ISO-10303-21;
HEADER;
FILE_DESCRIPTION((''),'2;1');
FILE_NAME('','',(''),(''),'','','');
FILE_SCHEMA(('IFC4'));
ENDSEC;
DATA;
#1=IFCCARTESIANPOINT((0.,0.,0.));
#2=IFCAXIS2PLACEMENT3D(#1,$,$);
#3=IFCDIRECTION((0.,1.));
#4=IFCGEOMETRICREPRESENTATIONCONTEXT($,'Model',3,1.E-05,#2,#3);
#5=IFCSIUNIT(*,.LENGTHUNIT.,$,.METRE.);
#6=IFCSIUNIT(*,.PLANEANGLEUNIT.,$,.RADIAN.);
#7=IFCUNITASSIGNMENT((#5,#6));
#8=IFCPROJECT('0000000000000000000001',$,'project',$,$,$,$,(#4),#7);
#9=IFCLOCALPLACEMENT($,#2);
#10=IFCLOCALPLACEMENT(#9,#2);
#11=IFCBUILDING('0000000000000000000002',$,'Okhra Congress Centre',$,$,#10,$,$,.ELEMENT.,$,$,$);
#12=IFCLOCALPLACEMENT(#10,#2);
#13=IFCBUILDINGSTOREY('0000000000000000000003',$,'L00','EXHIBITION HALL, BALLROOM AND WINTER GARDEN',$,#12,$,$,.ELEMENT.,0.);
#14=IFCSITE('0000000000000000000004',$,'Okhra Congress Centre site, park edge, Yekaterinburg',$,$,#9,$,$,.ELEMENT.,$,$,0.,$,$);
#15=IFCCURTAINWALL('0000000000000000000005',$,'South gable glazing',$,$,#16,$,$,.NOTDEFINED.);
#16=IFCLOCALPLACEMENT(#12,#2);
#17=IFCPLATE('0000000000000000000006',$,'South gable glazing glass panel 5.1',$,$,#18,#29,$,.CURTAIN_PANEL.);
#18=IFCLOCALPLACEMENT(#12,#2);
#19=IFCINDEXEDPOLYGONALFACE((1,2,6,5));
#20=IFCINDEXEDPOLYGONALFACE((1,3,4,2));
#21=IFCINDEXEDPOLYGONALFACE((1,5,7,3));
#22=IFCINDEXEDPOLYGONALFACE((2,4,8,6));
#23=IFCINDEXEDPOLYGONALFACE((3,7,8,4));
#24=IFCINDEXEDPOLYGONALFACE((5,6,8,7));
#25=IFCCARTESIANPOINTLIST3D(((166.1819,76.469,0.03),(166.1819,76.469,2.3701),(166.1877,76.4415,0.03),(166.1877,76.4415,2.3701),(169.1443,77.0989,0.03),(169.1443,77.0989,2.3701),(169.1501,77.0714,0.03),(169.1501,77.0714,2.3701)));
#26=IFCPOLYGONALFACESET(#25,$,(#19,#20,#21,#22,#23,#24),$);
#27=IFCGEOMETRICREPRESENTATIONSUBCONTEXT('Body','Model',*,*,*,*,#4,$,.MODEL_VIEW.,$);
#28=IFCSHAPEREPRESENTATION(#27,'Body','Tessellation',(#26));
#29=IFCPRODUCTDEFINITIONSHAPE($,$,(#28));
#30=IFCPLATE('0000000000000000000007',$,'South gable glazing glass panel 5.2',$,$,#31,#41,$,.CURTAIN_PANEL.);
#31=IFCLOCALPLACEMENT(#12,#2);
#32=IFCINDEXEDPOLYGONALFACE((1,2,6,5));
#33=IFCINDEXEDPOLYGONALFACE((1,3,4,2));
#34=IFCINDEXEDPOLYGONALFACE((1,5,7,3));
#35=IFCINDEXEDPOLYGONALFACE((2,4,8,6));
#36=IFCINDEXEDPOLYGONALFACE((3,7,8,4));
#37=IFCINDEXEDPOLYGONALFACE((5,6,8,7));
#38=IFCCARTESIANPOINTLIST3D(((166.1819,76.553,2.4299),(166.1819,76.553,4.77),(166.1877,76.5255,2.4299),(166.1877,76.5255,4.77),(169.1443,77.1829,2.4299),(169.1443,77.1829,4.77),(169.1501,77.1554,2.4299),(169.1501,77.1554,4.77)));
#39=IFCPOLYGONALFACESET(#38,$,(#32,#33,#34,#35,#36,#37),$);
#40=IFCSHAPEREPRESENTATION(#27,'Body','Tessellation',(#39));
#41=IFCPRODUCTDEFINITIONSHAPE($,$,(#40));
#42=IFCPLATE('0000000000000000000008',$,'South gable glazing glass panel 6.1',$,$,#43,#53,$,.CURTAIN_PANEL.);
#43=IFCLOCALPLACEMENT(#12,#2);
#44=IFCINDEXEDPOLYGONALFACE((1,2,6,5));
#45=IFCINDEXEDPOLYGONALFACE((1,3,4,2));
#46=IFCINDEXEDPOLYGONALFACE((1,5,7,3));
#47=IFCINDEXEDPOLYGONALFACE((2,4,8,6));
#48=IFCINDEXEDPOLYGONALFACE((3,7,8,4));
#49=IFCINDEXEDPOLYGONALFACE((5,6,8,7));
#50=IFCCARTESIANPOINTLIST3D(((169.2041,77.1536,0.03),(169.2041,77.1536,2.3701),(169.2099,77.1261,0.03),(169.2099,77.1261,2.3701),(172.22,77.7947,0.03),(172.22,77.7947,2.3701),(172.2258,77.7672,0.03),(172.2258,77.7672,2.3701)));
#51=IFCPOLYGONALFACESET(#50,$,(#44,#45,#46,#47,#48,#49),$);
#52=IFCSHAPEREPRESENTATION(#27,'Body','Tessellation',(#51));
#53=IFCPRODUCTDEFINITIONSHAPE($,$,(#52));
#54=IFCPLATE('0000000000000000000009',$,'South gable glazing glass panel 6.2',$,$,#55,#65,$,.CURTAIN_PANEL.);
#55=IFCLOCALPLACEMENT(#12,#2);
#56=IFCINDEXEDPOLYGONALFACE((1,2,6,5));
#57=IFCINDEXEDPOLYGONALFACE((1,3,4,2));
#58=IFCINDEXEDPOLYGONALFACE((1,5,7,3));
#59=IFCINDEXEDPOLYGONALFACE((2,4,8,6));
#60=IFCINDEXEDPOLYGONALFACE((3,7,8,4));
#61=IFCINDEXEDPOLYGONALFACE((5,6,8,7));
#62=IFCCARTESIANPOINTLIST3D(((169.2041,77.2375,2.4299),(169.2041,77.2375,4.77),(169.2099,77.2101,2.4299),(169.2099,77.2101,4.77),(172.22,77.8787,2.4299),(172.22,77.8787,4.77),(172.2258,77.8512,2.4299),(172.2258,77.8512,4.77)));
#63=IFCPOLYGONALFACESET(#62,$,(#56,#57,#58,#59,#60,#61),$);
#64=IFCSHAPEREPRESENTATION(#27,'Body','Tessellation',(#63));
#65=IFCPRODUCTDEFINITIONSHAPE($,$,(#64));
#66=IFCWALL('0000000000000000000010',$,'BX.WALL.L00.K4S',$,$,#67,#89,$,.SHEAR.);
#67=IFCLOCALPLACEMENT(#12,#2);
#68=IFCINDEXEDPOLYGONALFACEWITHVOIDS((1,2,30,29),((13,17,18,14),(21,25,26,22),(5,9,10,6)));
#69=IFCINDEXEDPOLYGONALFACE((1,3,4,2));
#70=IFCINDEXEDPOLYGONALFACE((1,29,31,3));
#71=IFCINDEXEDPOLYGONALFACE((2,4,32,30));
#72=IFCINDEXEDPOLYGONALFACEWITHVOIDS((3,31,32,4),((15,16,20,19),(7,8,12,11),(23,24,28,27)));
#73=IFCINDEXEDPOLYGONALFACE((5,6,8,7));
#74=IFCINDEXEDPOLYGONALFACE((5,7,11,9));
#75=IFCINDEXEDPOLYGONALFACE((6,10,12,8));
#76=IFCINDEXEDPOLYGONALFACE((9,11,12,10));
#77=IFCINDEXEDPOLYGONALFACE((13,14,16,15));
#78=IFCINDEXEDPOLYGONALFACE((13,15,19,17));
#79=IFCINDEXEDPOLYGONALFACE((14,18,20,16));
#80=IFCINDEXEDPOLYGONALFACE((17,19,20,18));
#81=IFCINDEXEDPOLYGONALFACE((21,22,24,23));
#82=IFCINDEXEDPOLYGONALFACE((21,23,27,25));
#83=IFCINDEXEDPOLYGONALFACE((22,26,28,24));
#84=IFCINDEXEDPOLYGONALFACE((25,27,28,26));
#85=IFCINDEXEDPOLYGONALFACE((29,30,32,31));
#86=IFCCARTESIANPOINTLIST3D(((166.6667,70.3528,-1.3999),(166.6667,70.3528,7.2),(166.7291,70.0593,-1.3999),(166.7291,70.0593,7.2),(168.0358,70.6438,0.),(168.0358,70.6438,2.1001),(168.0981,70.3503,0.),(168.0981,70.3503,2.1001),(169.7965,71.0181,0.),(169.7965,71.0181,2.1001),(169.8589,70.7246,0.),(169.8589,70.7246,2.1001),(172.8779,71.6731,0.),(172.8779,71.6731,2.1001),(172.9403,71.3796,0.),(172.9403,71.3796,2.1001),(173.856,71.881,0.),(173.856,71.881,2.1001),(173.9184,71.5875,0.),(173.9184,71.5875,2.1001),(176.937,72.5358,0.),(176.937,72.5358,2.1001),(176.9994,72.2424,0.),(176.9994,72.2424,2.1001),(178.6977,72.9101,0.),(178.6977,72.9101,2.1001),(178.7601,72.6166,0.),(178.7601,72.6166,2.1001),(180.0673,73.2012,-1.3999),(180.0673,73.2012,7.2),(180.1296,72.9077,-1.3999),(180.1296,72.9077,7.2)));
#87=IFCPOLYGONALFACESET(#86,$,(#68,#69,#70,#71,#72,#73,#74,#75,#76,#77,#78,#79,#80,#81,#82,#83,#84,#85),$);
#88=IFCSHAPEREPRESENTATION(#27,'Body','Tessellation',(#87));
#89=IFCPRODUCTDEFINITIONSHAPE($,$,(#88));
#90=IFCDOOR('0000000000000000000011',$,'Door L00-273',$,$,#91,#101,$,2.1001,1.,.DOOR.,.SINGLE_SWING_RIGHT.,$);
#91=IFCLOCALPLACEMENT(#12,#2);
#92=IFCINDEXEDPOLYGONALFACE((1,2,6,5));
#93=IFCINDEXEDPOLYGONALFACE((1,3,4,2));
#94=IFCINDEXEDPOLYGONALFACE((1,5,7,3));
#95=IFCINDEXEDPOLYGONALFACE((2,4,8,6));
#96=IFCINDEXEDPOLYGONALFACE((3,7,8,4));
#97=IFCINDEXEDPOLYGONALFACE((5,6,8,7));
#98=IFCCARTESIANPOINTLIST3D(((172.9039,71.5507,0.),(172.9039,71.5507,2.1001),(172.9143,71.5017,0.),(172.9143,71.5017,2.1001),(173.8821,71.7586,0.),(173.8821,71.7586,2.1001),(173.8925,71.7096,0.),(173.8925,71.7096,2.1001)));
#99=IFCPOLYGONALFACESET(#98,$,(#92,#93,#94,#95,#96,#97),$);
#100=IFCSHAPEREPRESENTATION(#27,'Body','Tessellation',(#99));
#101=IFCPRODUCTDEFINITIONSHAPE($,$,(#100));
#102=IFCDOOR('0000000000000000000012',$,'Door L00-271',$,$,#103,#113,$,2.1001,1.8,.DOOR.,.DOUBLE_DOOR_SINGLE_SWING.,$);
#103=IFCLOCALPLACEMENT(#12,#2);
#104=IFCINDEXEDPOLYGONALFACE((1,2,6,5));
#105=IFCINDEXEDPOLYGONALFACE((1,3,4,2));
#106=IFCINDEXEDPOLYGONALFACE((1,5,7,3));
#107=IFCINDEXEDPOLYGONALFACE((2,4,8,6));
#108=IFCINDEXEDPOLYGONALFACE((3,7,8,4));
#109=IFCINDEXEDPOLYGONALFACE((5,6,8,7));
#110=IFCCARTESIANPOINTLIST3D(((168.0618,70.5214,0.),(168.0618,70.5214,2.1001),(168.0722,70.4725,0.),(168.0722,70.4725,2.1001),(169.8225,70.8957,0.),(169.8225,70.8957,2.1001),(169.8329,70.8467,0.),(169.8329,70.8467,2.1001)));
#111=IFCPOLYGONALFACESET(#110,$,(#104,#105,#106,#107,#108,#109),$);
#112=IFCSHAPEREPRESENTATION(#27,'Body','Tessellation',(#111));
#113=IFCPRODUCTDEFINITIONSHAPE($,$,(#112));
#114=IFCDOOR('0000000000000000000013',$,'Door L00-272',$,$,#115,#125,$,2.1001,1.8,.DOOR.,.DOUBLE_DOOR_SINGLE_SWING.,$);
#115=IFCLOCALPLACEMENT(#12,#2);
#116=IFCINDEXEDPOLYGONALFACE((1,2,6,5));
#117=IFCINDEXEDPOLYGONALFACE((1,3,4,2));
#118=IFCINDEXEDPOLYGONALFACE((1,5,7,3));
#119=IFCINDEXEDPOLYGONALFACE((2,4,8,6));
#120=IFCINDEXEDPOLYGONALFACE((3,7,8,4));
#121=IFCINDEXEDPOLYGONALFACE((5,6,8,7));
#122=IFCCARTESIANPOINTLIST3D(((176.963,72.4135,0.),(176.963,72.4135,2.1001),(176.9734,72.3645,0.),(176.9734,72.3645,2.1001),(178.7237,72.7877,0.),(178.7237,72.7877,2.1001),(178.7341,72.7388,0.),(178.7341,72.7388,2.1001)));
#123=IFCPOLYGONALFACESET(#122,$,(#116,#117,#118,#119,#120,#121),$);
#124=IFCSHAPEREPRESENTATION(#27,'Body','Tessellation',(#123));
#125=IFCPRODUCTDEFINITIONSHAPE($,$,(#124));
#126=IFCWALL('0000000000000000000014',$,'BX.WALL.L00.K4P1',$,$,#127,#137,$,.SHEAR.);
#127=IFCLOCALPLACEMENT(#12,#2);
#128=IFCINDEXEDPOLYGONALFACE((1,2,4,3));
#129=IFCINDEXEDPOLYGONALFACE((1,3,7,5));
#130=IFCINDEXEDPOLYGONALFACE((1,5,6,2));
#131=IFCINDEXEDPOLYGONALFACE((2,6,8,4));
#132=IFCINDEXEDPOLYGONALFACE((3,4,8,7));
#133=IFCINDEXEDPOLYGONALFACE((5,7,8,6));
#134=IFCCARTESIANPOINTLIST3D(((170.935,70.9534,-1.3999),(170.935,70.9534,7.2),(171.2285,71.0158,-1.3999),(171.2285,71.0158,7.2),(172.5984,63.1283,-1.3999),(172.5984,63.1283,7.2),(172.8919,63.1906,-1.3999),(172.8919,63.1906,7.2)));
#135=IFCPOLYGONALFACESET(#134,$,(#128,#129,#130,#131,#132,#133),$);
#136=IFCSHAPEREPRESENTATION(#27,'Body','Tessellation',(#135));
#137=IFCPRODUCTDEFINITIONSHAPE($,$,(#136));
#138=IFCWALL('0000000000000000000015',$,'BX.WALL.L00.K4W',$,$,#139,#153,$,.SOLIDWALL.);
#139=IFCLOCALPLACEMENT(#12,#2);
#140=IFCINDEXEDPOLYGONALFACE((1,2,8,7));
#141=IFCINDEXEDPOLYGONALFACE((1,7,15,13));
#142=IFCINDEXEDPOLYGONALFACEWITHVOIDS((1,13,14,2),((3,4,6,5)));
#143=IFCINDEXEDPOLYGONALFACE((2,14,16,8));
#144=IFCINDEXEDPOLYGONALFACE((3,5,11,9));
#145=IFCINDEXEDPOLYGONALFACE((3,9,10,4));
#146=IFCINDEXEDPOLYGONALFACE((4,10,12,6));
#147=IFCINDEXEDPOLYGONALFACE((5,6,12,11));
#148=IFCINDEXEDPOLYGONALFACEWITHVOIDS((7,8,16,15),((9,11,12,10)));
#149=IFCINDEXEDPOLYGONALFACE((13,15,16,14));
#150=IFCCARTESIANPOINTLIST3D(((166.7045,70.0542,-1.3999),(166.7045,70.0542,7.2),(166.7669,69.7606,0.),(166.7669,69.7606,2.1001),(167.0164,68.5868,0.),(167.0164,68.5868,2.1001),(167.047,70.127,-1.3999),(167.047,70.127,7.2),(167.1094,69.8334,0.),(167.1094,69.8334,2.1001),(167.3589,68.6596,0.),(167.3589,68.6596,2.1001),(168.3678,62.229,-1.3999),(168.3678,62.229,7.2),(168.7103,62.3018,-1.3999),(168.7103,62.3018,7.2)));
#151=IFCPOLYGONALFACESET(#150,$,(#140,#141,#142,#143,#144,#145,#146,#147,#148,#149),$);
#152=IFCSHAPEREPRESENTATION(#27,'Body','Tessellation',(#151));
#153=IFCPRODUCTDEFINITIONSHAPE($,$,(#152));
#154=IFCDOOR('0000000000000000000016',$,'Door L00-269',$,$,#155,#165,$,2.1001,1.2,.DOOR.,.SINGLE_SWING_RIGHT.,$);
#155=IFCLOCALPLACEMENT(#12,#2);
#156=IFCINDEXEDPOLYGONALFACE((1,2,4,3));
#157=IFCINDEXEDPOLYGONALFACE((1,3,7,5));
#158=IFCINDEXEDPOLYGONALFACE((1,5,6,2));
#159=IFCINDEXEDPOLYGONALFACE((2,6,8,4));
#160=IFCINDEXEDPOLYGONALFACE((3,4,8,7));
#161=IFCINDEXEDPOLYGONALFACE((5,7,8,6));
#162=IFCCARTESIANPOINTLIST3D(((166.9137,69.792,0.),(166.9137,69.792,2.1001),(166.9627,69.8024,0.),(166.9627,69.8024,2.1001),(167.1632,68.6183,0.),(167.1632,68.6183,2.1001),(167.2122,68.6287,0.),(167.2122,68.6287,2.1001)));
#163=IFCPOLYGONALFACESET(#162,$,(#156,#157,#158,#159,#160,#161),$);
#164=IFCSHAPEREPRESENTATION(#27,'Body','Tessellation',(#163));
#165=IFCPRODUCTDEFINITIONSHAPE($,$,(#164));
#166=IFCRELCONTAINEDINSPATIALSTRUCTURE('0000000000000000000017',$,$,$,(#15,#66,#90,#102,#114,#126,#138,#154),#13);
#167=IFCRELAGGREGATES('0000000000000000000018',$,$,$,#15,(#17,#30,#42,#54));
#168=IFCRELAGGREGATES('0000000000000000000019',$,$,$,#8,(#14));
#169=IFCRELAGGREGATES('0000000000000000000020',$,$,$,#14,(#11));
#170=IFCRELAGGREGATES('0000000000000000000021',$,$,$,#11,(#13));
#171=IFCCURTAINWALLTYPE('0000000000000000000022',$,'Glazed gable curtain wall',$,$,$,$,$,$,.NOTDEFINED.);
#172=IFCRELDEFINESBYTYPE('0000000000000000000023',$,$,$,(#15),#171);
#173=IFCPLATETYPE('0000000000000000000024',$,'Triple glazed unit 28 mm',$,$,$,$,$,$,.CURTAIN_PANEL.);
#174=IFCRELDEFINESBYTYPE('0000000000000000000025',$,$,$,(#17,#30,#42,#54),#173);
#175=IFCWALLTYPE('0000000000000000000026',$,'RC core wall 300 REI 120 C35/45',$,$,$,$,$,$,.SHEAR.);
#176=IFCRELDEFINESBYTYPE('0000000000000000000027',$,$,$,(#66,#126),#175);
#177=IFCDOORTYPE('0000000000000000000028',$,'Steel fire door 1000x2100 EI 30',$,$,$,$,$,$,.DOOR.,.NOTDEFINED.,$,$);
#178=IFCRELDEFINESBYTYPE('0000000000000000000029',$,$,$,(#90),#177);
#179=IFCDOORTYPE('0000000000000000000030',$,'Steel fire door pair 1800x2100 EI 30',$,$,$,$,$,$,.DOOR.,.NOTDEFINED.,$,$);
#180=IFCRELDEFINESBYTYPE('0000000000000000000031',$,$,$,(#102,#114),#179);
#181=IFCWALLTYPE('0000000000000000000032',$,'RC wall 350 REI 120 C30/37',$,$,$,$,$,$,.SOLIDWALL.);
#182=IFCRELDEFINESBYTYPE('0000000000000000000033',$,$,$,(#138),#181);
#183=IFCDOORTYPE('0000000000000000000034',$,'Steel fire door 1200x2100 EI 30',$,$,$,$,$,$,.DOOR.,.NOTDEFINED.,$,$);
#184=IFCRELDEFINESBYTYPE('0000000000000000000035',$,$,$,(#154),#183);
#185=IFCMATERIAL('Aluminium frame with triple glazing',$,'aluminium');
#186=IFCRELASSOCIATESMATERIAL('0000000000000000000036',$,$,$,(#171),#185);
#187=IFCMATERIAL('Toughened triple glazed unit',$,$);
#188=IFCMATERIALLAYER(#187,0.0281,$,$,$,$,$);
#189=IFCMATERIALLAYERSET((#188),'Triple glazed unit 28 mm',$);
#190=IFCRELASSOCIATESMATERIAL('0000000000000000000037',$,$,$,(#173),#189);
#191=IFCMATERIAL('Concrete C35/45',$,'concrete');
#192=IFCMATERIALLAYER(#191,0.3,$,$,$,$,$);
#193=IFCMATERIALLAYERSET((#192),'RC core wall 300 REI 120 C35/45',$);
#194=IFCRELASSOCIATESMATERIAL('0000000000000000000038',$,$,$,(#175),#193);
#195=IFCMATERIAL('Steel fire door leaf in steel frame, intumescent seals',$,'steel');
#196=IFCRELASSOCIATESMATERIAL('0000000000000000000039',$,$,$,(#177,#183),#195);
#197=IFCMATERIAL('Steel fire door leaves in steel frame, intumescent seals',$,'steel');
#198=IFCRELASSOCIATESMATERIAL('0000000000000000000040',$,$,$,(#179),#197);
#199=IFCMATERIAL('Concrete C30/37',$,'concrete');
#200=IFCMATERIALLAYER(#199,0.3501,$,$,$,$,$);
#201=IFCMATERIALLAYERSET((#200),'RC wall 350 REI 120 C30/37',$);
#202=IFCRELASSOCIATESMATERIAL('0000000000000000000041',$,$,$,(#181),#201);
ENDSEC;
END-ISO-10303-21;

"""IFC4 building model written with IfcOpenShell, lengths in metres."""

from ifc_helpers import new_model, si_unit, direction, frame, frame_2d, origin, place, context, subcontext, project, spatial, polyline, rectangle, outline, extrude, material, layer, layer_set, type_object, element, fill, aggregate, save


model = new_model("IFC4")

# Units and contexts
model_context = context("Model", 3, precision=1e-05, world=origin(), true_north=direction((0.0, 1.0)))
body_context = subcontext(model_context, "Body", "Model", "MODEL_VIEW")
ifc_project = project(units=[si_unit("LENGTHUNIT", "METRE"), si_unit("PLANEANGLEUNIT", "RADIAN")], contexts=[model_context])

# Site, building, storey
site_placement = place(None, origin())
site = spatial("IfcSite", under=ifc_project, at=site_placement, Name="Okhra Congress Centre site, park edge, Yekaterinburg", CompositionType="ELEMENT", RefElevation=0.0)
building_placement = place(site_placement, origin())
building = spatial("IfcBuilding", under=site, at=building_placement, Name="Okhra Congress Centre", CompositionType="ELEMENT")
storey_placement = place(building_placement, origin())
storey = spatial("IfcBuildingStorey", under=building, at=storey_placement, Name="L00", Description="EXHIBITION HALL, BALLROOM AND WINTER GARDEN", CompositionType="ELEMENT", Elevation=0.0)

# Shared definitions
ifc_material_1 = material(Name="Concrete C30/37", Category="concrete")

# Shared definitions
ifc_material_2 = material(Name="Concrete C35/45", Category="concrete")

# Curtain wall
ifc_material_3 = material(Name="Aluminium frame with triple glazing", Category="aluminium")
curtain_wall_type_1 = type_object("IfcCurtainWallType", Name="Glazed gable curtain wall", PredefinedType="NOTDEFINED", material=ifc_material_3)
curtain_wall_1_placement = place(storey_placement, origin())
curtain_wall_1 = element("IfcCurtainWall", 1, at=curtain_wall_1_placement, inside=storey, type_object=curtain_wall_type_1, Name="South gable glazing", PredefinedType="NOTDEFINED")

# Plates
ifc_material_4 = material(Name="Toughened triple glazed unit")
ifc_layer_1 = layer(ifc_material_4, 0.0281)
ifc_layer_set_1 = layer_set([ifc_layer_1], Name="Triple glazed unit 28 mm")
plate_type = type_object("IfcPlateType", Name="Triple glazed unit 28 mm", PredefinedType="CURTAIN_PANEL", material=ifc_layer_set_1)
plate_1_placement = place(storey_placement, frame((169.1443, 77.0989, 0.03), z_axis=(-0.207976, 0.978134, 0.0), x_axis=(-0.978134, -0.207976, 0.0)))
plate_1 = element("IfcPlate", 2, at=plate_1_placement, type_object=plate_type, Name="South gable glazing glass panel 5.1", PredefinedType="CURTAIN_PANEL", context=body_context, shape_type="SweptSolid", body=[
    extrude(outline(polyline([(0.0, 0.0), (3.0286, 0.0), (3.0286, 2.3401), (0.0, 2.3401), (0.0, 0.0)])), origin(), (0.0, 0.0, -1.0), 0.0281),
])
plate_2_placement = place(storey_placement, frame((169.1443, 77.1829, 2.4299), z_axis=(-0.207976, 0.978134, 0.0), x_axis=(-0.978134, -0.207976, 0.0)))
plate_2 = element("IfcPlate", 3, at=plate_2_placement, type_object=plate_type, Name="South gable glazing glass panel 5.2", PredefinedType="CURTAIN_PANEL", context=body_context, shape_type="SweptSolid", body=[
    extrude(outline(polyline([(0.0, 0.0), (3.0286, 0.0), (3.0286, 2.3401), (0.0, 2.3401), (0.0, 0.0)])), origin(), (0.0, 0.0, -1.0), 0.0281),
])
plate_3_placement = place(storey_placement, frame((172.22, 77.7947, 0.03), z_axis=(-0.207934, 0.978143, 0.0), x_axis=(-0.978143, -0.207934, 0.0)))
plate_3 = element("IfcPlate", 4, at=plate_3_placement, type_object=plate_type, Name="South gable glazing glass panel 6.1", PredefinedType="CURTAIN_PANEL", context=body_context, shape_type="SweptSolid", body=[
    extrude(outline(polyline([(0.0, 0.0), (3.0833, 0.0), (3.0833, 2.3401), (0.0, 2.3401), (0.0, 0.0)])), origin(), (0.0, 0.0, -1.0), 0.0281),
])
plate_4_placement = place(storey_placement, frame((172.22, 77.8787, 2.4299), z_axis=(-0.207934, 0.978143, 0.0), x_axis=(-0.978143, -0.207934, 0.0)))
plate_4 = element("IfcPlate", 5, at=plate_4_placement, type_object=plate_type, Name="South gable glazing glass panel 6.2", PredefinedType="CURTAIN_PANEL", context=body_context, shape_type="SweptSolid", body=[
    extrude(outline(polyline([(0.0, 0.0), (3.0833, 0.0), (3.0833, 2.3401), (0.0, 2.3401), (0.0, 0.0)])), origin(), (0.0, 0.0, -1.0), 0.0281),
])
aggregate(curtain_wall_1, [plate_1, plate_2, plate_3, plate_4])

# Wall, openings, doors
ifc_layer_2 = layer(ifc_material_2, 0.3)
ifc_layer_set_2 = layer_set([ifc_layer_2], Name="RC core wall 300 REI 120 C35/45")
wall_type_1 = type_object("IfcWallType", Name="RC core wall 300 REI 120 C35/45", PredefinedType="SHEAR", material=ifc_layer_set_2)
wall_1_placement = place(storey_placement, frame((166.6978, 70.2061, -1.3999), z_axis=(0.0, 0.0, 1.0), x_axis=(0.978148, 0.207911, 0.0)))
wall_1 = element("IfcWall", 6, at=wall_1_placement, inside=storey, type_object=wall_type_1, Name="BX.WALL.L00.K4S", PredefinedType="SHEAR", context=body_context, shape_type="SweptSolid", body=[
    extrude(rectangle(XDim=13.7, YDim=0.3, at=frame_2d((6.8501, 0.0))), origin(), (0.0, 0.0, 1.0), 8.5999),
])
opening_1_placement = place(wall_1_placement, frame((1.3999, 0.0, 1.3999)))
opening_1 = element("IfcOpeningElement", 7, at=opening_1_placement, cuts=wall_1, PredefinedType="OPENING", context=body_context, shape_type="SweptSolid", body=[
    extrude(rectangle(XDim=1.8, YDim=2.1001, at=frame_2d((0.8999, 1.05))), frame((0.0, 0.1599, 0.0), z_axis=(0.0, -1.0, 0.0), x_axis=(1.0, 0.0, 0.0)), (0.0, 0.0, 1.0), 0.3201),
])
opening_2_placement = place(wall_1_placement, frame((10.5, 0.0, 1.3999)))
opening_2 = element("IfcOpeningElement", 8, at=opening_2_placement, cuts=wall_1, PredefinedType="OPENING", context=body_context, shape_type="SweptSolid", body=[
    extrude(rectangle(XDim=1.8, YDim=2.1001, at=frame_2d((0.8999, 1.05))), frame((0.0, 0.1599, 0.0), z_axis=(0.0, -1.0, 0.0), x_axis=(1.0, 0.0, 0.0)), (0.0, 0.0, 1.0), 0.3201),
])
opening_3_placement = place(wall_1_placement, frame((6.3501, 0.0, 1.3999)))
opening_3 = element("IfcOpeningElement", 9, at=opening_3_placement, cuts=wall_1, PredefinedType="OPENING", context=body_context, shape_type="SweptSolid", body=[
    extrude(rectangle(XDim=1.0, YDim=2.1001, at=frame_2d((0.5, 1.05))), frame((0.0, 0.1599, 0.0), z_axis=(0.0, -1.0, 0.0), x_axis=(1.0, 0.0, 0.0)), (0.0, 0.0, 1.0), 0.3201),
])
ifc_material_5 = material(Name="Steel fire door leaf in steel frame, intumescent seals", Category="steel")
door_type_1 = type_object("IfcDoorType", Name="Steel fire door 1000x2100 EI 30", OperationType="NOTDEFINED", PredefinedType="DOOR", material=ifc_material_5)
door_1_placement = place(opening_3_placement, origin())
door_1 = element("IfcDoor", 10, at=door_1_placement, inside=storey, type_object=door_type_1, Name="Door L00-273", OperationType="SINGLE_SWING_RIGHT", OverallHeight=2.1001, OverallWidth=1.0, PredefinedType="DOOR", context=body_context, shape_type="SweptSolid", body=[
    extrude(rectangle(XDim=1.0, YDim=2.1001, at=frame_2d((0.5, 1.05))), frame((0.0, 0.0249, 0.0), z_axis=(0.0, -1.0, 0.0), x_axis=(1.0, 0.0, 0.0)), (0.0, 0.0, 1.0), 0.05),
])
fill(opening_3, door_1)
ifc_material_6 = material(Name="Steel fire door leaves in steel frame, intumescent seals", Category="steel")
door_type_2 = type_object("IfcDoorType", Name="Steel fire door pair 1800x2100 EI 30", OperationType="NOTDEFINED", PredefinedType="DOOR", material=ifc_material_6)
door_2_placement = place(opening_1_placement, origin())
door_2 = element("IfcDoor", 11, at=door_2_placement, inside=storey, type_object=door_type_2, Name="Door L00-271", OperationType="DOUBLE_DOOR_SINGLE_SWING", OverallHeight=2.1001, OverallWidth=1.8, PredefinedType="DOOR", context=body_context, shape_type="SweptSolid", body=[
    extrude(rectangle(XDim=1.8, YDim=2.1001, at=frame_2d((0.8999, 1.05))), frame((0.0, 0.0249, 0.0), z_axis=(0.0, -1.0, 0.0), x_axis=(1.0, 0.0, 0.0)), (0.0, 0.0, 1.0), 0.05),
])
fill(opening_1, door_2)
door_3_placement = place(opening_2_placement, origin())
door_3 = element("IfcDoor", 12, at=door_3_placement, inside=storey, type_object=door_type_2, Name="Door L00-272", OperationType="DOUBLE_DOOR_SINGLE_SWING", OverallHeight=2.1001, OverallWidth=1.8, PredefinedType="DOOR", context=body_context, shape_type="SweptSolid", body=[
    extrude(rectangle(XDim=1.8, YDim=2.1001, at=frame_2d((0.8999, 1.05))), frame((0.0, 0.0249, 0.0), z_axis=(0.0, -1.0, 0.0), x_axis=(1.0, 0.0, 0.0)), (0.0, 0.0, 1.0), 0.05),
])
fill(opening_2, door_3)

# Wall
wall_2_placement = place(storey_placement, frame((171.0818, 70.9846, -1.3999), z_axis=(0.0, 0.0, 1.0), x_axis=(0.207916, -0.978147, 0.0)))
element("IfcWall", 13, at=wall_2_placement, inside=storey, type_object=wall_type_1, Name="BX.WALL.L00.K4P1", PredefinedType="SHEAR", context=body_context, shape_type="SweptSolid", body=[
    extrude(rectangle(XDim=8.0, YDim=0.3, at=frame_2d((4.0, 0.0))), origin(), (0.0, 0.0, 1.0), 8.5999),
])

# Wall, opening, door
ifc_layer_3 = layer(ifc_material_1, 0.3501)
ifc_layer_set_3 = layer_set([ifc_layer_3], Name="RC wall 350 REI 120 C30/37")
wall_type_2 = type_object("IfcWallType", Name="RC wall 350 REI 120 C30/37", PredefinedType="SOLIDWALL", material=ifc_layer_set_3)
wall_3_placement = place(storey_placement, frame((166.8757, 70.0906, -1.3999), z_axis=(0.0, 0.0, 1.0), x_axis=(0.207916, -0.978147, 0.0)))
wall_3 = element("IfcWall", 14, at=wall_3_placement, inside=storey, type_object=wall_type_2, Name="BX.WALL.L00.K4W", PredefinedType="SOLIDWALL", context=body_context, shape_type="SweptSolid", body=[
    extrude(rectangle(XDim=8.0, YDim=0.3501, at=frame_2d((4.0, 0.0))), origin(), (0.0, 0.0, 1.0), 8.5999),
])
opening_4_placement = place(wall_3_placement, frame((0.3, 0.0, 1.3999)))
opening_4 = element("IfcOpeningElement", 15, at=opening_4_placement, cuts=wall_3, PredefinedType="OPENING", context=body_context, shape_type="SweptSolid", body=[
    extrude(rectangle(XDim=1.2, YDim=2.1001, at=frame_2d((0.6001, 1.05))), frame((0.0, 0.1851, 0.0), z_axis=(0.0, -1.0, 0.0), x_axis=(1.0, 0.0, 0.0)), (0.0, 0.0, 1.0), 0.3701),
])
door_type_3 = type_object("IfcDoorType", Name="Steel fire door 1200x2100 EI 30", OperationType="NOTDEFINED", PredefinedType="DOOR", material=ifc_material_5)
door_4_placement = place(opening_4_placement, frame((1.2, 0.0, 0.0), z_axis=(0.0, 0.0, 1.0), x_axis=(-1.0, 0.0, 0.0)))
door_4 = element("IfcDoor", 16, at=door_4_placement, inside=storey, type_object=door_type_3, Name="Door L00-269", OperationType="SINGLE_SWING_RIGHT", OverallHeight=2.1001, OverallWidth=1.2, PredefinedType="DOOR", context=body_context, shape_type="SweptSolid", body=[
    extrude(rectangle(XDim=1.2, YDim=2.1001, at=frame_2d((0.6001, 1.05))), frame((0.0, 0.0249, 0.0), z_axis=(0.0, -1.0, 0.0), x_axis=(1.0, 0.0, 0.0)), (0.0, 0.0, 1.0), 0.05),
])
fill(opening_4, door_4)

save(model, "model.ifc")
